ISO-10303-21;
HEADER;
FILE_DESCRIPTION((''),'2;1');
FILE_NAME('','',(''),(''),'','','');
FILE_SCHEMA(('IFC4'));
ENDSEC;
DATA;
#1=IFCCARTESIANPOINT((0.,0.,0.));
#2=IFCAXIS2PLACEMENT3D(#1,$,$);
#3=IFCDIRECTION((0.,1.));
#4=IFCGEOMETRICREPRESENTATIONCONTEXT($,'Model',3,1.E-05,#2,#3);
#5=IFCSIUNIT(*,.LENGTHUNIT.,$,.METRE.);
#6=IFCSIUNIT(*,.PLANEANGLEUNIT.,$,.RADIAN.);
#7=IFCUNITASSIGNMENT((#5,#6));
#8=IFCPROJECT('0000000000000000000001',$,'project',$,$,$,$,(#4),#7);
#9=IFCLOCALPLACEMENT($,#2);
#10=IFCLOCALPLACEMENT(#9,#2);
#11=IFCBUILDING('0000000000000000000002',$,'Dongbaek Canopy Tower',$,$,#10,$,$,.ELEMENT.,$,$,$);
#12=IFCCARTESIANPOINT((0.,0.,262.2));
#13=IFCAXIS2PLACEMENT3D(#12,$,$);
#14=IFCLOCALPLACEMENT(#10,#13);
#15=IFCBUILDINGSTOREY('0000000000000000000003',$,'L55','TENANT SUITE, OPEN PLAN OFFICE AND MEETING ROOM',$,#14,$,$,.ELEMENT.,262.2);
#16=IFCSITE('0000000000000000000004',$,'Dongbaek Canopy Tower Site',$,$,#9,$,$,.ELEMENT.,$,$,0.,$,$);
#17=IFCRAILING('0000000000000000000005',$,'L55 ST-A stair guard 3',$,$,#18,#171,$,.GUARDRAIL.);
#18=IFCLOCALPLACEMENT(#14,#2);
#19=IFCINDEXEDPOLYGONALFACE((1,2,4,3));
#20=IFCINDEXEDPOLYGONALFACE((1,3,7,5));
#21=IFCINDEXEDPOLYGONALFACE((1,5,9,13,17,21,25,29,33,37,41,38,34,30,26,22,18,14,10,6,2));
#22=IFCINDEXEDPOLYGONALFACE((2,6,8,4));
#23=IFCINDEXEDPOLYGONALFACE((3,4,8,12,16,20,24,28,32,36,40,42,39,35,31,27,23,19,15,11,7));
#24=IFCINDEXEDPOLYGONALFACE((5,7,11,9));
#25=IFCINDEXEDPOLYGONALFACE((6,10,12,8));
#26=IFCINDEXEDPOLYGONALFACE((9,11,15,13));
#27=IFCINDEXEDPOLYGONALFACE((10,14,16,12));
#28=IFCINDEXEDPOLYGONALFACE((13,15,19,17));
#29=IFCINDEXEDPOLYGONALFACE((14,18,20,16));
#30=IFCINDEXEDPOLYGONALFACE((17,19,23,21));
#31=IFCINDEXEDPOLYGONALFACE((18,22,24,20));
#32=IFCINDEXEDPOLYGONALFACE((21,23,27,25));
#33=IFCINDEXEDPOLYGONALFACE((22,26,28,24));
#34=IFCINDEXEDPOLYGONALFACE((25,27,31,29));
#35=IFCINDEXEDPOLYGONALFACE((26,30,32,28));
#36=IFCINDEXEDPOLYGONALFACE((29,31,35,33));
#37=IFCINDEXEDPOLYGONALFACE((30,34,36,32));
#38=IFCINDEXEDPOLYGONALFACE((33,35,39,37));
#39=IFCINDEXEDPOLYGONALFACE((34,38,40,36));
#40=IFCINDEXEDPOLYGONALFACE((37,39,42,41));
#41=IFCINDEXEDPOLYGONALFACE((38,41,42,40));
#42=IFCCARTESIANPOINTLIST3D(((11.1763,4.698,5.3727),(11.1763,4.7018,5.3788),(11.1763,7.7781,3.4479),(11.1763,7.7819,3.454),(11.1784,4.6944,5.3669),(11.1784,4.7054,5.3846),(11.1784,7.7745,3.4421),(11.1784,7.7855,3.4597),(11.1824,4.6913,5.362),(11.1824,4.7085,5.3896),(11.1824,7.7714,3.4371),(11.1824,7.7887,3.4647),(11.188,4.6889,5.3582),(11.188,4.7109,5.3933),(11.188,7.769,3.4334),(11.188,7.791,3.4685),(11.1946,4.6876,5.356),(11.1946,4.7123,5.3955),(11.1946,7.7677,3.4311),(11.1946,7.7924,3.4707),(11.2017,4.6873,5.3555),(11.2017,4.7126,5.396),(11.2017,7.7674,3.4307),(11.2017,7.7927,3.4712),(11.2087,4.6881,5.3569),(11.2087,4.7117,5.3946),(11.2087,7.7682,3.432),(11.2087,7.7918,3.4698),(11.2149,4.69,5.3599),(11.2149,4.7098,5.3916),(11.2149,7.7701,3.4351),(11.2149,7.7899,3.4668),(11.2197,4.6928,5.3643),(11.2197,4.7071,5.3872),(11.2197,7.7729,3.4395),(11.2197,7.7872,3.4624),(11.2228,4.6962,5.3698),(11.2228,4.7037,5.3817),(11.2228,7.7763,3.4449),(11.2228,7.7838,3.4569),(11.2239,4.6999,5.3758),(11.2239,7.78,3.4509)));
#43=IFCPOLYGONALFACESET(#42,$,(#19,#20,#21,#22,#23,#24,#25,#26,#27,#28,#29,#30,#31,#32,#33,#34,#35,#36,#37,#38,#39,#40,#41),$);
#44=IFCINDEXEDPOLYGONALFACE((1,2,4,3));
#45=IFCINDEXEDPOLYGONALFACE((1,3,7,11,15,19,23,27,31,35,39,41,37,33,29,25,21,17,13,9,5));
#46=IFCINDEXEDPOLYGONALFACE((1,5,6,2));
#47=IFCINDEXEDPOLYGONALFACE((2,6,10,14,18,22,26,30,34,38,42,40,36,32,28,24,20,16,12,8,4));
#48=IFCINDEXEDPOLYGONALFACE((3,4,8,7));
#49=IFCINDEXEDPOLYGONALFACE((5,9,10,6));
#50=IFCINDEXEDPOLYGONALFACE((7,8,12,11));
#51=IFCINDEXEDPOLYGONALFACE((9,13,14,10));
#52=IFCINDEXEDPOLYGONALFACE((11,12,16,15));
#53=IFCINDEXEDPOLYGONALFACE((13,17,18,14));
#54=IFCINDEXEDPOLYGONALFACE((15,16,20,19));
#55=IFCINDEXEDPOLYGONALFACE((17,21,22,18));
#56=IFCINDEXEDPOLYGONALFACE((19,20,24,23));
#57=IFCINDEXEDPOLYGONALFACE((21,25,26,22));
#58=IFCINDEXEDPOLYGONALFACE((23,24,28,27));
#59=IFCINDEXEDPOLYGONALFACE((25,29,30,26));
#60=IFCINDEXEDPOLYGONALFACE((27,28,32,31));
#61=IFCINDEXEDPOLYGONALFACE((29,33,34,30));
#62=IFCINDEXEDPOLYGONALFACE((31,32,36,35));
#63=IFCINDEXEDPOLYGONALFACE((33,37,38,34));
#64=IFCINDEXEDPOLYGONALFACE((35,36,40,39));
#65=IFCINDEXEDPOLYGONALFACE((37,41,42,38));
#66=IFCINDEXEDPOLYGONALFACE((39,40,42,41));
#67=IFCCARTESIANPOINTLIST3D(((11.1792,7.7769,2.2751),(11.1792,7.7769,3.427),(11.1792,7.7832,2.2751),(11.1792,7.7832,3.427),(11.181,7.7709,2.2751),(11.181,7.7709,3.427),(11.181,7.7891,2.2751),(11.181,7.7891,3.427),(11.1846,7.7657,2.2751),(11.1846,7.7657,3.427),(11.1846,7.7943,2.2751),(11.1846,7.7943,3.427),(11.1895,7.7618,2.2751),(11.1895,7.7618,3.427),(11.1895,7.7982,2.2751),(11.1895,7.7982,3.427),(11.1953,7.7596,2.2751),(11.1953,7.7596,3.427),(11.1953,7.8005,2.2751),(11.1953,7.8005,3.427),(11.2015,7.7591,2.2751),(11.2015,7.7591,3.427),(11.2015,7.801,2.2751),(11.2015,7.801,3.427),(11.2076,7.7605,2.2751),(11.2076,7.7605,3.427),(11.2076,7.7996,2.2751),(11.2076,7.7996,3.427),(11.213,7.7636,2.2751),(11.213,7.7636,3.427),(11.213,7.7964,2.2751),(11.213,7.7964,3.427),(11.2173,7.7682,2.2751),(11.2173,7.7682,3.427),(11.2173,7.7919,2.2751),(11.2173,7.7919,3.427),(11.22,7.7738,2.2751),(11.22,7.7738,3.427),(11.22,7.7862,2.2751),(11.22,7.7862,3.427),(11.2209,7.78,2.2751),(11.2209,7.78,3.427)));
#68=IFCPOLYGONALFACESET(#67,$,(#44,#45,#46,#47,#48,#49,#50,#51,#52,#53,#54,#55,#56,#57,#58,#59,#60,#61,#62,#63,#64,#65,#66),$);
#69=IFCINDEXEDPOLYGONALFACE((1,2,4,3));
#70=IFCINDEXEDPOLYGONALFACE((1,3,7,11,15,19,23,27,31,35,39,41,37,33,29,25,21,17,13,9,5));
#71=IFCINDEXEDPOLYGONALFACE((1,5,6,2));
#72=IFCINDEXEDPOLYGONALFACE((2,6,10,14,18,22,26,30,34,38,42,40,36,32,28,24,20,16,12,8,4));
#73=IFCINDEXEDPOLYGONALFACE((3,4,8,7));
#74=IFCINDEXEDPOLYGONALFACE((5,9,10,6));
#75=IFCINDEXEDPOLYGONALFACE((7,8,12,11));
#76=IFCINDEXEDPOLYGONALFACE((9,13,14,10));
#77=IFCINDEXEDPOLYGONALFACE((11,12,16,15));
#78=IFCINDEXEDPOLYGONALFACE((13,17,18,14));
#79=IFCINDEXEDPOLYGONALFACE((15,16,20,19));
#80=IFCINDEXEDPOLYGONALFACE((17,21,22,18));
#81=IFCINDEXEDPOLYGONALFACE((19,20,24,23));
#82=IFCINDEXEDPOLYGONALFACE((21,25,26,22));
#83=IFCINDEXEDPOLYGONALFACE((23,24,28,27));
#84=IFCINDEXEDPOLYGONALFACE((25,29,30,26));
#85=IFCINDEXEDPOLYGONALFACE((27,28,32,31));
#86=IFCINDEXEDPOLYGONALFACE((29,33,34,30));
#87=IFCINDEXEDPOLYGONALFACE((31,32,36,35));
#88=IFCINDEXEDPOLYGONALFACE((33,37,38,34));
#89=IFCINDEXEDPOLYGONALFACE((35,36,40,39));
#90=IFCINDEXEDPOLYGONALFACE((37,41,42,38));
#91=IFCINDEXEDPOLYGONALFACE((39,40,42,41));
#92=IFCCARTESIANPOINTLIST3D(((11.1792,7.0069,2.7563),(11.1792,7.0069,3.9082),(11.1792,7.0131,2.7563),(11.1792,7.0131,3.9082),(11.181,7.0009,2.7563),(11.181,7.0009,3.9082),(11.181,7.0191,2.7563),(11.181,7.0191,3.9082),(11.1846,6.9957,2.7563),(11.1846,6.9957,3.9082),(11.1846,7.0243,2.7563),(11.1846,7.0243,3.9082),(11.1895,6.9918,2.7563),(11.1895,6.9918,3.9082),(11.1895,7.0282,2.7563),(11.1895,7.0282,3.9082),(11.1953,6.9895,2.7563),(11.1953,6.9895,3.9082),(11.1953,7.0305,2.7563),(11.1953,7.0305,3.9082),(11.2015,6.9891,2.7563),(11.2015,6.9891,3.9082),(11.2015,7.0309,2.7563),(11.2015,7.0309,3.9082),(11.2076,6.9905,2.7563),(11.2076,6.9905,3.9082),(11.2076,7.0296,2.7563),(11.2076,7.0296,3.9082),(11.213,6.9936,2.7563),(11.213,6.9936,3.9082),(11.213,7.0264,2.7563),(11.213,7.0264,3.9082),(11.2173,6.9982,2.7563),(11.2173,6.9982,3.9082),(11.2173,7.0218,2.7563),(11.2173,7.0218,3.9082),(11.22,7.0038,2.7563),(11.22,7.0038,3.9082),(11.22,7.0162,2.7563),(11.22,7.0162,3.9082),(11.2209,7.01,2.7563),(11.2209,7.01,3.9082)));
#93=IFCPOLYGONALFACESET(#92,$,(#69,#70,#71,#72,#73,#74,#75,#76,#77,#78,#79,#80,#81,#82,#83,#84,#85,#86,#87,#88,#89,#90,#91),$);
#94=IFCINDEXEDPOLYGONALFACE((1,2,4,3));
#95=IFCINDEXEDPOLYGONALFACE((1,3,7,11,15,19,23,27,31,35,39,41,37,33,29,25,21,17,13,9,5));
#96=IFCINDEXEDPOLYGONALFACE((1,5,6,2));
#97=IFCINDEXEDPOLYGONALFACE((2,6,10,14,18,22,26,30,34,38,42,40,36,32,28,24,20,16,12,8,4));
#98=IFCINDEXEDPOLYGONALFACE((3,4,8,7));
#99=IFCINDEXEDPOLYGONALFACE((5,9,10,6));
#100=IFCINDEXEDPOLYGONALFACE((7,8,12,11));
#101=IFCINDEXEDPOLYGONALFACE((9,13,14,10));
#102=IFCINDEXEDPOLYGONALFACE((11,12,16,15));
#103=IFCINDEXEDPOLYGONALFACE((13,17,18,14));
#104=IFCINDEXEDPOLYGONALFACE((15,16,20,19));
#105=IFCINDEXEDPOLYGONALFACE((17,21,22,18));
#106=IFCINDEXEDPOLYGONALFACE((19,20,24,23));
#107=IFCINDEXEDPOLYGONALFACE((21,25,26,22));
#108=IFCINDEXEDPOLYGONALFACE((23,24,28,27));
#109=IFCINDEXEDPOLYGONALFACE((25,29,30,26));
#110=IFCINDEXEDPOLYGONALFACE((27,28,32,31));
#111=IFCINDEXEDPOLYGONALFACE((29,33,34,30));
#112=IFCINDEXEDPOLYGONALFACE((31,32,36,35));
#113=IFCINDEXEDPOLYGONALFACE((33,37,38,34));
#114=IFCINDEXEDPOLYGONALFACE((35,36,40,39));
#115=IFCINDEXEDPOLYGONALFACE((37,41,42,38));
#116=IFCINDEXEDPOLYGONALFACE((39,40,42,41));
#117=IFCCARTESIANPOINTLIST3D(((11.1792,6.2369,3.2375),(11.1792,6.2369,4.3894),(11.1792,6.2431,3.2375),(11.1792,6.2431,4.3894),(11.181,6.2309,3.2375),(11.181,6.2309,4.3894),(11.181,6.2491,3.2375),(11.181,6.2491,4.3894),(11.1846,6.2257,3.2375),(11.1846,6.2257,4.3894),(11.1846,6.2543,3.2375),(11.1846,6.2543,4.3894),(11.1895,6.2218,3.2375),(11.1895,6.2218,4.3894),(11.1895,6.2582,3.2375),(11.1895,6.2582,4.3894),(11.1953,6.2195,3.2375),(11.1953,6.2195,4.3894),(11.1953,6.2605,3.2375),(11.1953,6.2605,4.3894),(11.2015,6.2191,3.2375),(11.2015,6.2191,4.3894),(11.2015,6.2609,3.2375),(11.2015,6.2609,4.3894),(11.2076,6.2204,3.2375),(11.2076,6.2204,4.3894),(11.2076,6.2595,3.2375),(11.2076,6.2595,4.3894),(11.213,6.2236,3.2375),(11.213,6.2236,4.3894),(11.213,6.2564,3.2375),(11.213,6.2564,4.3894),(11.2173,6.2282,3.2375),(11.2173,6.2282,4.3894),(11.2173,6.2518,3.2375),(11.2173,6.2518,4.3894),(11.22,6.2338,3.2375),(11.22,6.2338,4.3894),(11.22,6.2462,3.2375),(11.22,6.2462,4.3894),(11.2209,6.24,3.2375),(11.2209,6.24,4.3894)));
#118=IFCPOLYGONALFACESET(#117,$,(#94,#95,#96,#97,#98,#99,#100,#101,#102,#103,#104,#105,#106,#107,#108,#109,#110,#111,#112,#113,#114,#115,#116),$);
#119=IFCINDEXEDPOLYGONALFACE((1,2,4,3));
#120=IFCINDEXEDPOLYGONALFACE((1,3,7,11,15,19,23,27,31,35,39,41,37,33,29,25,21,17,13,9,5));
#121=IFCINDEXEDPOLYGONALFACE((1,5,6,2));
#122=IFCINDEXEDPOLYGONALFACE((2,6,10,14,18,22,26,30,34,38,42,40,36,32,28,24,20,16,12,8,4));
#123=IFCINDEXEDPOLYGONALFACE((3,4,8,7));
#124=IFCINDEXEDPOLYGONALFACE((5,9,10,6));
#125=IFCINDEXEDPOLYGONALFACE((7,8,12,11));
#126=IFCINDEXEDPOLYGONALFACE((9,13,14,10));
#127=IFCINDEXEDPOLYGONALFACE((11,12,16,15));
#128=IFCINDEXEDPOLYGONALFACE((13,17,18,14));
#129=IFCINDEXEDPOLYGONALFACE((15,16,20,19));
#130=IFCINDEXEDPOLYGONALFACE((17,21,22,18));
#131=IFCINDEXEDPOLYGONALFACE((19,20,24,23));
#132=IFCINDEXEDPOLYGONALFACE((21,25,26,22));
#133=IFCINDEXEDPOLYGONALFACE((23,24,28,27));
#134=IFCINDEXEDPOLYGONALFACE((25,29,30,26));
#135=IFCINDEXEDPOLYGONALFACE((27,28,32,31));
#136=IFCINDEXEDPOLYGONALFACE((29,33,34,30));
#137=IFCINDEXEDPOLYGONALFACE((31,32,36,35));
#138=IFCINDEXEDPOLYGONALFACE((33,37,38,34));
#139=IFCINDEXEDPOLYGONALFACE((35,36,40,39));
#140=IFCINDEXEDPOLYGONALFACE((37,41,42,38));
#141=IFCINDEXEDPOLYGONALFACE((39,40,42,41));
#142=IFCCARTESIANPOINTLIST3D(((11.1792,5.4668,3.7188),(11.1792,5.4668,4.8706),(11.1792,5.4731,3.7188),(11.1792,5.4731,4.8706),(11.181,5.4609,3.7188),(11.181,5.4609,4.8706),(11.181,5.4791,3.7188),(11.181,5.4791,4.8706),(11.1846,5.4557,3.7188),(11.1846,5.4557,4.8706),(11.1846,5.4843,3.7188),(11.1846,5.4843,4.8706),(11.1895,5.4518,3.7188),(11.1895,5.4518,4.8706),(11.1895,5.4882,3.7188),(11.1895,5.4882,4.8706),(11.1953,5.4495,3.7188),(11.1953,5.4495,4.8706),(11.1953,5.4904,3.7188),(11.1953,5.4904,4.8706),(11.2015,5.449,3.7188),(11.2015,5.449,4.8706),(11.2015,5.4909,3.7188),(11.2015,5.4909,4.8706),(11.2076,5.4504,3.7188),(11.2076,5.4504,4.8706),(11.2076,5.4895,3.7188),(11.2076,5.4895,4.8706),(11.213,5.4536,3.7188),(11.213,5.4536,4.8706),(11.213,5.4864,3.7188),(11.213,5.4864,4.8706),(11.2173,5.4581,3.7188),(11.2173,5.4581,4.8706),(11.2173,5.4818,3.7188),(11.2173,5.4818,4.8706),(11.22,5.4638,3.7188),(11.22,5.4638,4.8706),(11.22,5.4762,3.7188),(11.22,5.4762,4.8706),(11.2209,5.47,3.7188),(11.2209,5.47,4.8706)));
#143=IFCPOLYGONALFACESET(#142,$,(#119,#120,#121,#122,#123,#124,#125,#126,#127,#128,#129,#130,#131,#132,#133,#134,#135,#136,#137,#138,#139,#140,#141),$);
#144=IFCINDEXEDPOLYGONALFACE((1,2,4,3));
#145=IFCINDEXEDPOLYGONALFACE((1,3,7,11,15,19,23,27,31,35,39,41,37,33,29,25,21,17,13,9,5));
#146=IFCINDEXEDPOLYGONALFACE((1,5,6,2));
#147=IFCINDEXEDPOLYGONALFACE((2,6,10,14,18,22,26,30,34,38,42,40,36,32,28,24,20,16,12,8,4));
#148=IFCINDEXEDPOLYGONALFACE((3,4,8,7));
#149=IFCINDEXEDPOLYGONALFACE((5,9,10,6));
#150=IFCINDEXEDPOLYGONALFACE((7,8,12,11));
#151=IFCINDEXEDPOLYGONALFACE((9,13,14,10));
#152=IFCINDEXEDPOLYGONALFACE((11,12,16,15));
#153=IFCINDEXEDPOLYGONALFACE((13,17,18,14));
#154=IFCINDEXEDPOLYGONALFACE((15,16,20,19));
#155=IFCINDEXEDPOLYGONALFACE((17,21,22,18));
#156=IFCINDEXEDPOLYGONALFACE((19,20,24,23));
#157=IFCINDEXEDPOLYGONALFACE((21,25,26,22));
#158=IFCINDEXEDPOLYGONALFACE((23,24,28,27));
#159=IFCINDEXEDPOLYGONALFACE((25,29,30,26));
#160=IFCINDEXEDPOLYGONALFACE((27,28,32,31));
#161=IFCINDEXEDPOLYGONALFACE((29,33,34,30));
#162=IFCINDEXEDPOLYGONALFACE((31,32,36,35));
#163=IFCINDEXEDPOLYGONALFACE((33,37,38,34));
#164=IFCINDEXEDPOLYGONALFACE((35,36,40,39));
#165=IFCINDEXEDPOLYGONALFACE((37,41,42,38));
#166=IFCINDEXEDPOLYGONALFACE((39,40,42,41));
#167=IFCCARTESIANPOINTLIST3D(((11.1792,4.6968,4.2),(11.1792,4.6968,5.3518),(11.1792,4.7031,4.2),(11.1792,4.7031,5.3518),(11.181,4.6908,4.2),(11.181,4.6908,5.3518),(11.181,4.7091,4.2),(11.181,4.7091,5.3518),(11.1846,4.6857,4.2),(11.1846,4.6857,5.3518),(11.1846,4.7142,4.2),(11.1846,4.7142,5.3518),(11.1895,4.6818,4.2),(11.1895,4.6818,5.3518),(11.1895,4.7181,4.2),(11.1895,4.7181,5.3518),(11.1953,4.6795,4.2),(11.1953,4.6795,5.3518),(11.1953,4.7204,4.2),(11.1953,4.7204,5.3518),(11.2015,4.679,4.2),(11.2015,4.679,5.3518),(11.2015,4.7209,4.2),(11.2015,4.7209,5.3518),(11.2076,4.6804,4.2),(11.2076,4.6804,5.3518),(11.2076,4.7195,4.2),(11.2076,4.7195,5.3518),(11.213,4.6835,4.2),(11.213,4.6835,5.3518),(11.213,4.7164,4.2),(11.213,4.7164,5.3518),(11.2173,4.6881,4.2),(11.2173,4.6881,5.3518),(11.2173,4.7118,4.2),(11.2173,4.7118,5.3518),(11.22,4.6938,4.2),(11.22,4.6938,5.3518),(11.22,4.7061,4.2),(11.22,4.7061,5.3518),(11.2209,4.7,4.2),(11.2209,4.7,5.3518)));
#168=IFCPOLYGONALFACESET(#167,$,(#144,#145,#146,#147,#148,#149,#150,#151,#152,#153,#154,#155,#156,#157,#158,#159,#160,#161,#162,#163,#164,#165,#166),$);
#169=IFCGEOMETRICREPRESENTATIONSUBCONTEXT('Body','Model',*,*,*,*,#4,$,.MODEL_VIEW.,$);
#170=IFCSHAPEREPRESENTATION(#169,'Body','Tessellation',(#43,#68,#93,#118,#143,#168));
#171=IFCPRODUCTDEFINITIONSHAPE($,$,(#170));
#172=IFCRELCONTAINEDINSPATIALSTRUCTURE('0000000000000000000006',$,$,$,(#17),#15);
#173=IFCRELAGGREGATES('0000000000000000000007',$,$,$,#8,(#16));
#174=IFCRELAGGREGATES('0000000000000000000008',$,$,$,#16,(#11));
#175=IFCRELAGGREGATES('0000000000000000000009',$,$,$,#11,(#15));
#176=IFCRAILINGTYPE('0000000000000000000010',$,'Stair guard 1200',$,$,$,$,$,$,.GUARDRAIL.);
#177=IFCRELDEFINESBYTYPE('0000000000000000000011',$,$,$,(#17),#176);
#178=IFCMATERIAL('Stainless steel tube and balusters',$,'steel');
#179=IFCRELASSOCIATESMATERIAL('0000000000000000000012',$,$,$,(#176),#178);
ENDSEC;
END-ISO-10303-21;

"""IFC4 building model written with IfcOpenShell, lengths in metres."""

from ifc_helpers import new_model, si_unit, direction, frame, origin, origin_2d, place, context, subcontext, project, spatial, circle, extrude, material, type_object, element, save


model = new_model("IFC4")

# Units and contexts
model_context = context("Model", 3, precision=1e-05, world=origin(), true_north=direction((0.0, 1.0)))
body_context = subcontext(model_context, "Body", "Model", "MODEL_VIEW")
ifc_project = project(units=[si_unit("LENGTHUNIT", "METRE"), si_unit("PLANEANGLEUNIT", "RADIAN")], contexts=[model_context])

# Site, building, storey
site_placement = place(None, origin())
site = spatial("IfcSite", under=ifc_project, at=site_placement, Name="Dongbaek Canopy Tower Site", CompositionType="ELEMENT", RefElevation=0.0)
building_placement = place(site_placement, origin())
building = spatial("IfcBuilding", under=site, at=building_placement, Name="Dongbaek Canopy Tower", CompositionType="ELEMENT")
storey_placement = place(building_placement, frame((0.0, 0.0, 262.2)))
storey = spatial("IfcBuildingStorey", under=building, at=storey_placement, Name="L55", Description="TENANT SUITE, OPEN PLAN OFFICE AND MEETING ROOM", CompositionType="ELEMENT", Elevation=262.2)

# Railing
ifc_material_1 = material(Name="Stainless steel tube and balusters", Category="steel")
railing_type_1 = type_object("IfcRailingType", Name="Stair guard 1200", PredefinedType="GUARDRAIL", material=ifc_material_1)
railing_1_placement = place(storey_placement, frame((11.2, 7.78, 2.2751)))
element("IfcRailing", 1, at=railing_1_placement, inside=storey, type_object=railing_type_1, Name="L55 ST-A stair guard 3", PredefinedType="GUARDRAIL", context=body_context, shape_type="SweptSolid", body=[
    extrude(circle(Radius=0.0239, at=origin_2d()), frame((0.0, 0.0, 1.1758), z_axis=(0.0, -0.848029, 0.529951), x_axis=(1.0, 0.0, 0.0)), (0.0, 0.0, 1.0), 3.6321),
    extrude(circle(Radius=0.021, at=origin_2d()), origin(), (0.0, 0.0, 1.0), 1.1519),
    extrude(circle(Radius=0.021, at=origin_2d()), frame((0.0, -0.77, 0.4812)), (0.0, 0.0, 1.0), 1.1519),
    extrude(circle(Radius=0.021, at=origin_2d()), frame((0.0, -1.54, 0.9624)), (0.0, 0.0, 1.0), 1.1519),
    extrude(circle(Radius=0.021, at=origin_2d()), frame((0.0, -2.3101, 1.4436)), (0.0, 0.0, 1.0), 1.1519),
    extrude(circle(Radius=0.021, at=origin_2d()), frame((0.0, -3.0801, 1.9248)), (0.0, 0.0, 1.0), 1.1519),
])

save(model, "model.ifc")
